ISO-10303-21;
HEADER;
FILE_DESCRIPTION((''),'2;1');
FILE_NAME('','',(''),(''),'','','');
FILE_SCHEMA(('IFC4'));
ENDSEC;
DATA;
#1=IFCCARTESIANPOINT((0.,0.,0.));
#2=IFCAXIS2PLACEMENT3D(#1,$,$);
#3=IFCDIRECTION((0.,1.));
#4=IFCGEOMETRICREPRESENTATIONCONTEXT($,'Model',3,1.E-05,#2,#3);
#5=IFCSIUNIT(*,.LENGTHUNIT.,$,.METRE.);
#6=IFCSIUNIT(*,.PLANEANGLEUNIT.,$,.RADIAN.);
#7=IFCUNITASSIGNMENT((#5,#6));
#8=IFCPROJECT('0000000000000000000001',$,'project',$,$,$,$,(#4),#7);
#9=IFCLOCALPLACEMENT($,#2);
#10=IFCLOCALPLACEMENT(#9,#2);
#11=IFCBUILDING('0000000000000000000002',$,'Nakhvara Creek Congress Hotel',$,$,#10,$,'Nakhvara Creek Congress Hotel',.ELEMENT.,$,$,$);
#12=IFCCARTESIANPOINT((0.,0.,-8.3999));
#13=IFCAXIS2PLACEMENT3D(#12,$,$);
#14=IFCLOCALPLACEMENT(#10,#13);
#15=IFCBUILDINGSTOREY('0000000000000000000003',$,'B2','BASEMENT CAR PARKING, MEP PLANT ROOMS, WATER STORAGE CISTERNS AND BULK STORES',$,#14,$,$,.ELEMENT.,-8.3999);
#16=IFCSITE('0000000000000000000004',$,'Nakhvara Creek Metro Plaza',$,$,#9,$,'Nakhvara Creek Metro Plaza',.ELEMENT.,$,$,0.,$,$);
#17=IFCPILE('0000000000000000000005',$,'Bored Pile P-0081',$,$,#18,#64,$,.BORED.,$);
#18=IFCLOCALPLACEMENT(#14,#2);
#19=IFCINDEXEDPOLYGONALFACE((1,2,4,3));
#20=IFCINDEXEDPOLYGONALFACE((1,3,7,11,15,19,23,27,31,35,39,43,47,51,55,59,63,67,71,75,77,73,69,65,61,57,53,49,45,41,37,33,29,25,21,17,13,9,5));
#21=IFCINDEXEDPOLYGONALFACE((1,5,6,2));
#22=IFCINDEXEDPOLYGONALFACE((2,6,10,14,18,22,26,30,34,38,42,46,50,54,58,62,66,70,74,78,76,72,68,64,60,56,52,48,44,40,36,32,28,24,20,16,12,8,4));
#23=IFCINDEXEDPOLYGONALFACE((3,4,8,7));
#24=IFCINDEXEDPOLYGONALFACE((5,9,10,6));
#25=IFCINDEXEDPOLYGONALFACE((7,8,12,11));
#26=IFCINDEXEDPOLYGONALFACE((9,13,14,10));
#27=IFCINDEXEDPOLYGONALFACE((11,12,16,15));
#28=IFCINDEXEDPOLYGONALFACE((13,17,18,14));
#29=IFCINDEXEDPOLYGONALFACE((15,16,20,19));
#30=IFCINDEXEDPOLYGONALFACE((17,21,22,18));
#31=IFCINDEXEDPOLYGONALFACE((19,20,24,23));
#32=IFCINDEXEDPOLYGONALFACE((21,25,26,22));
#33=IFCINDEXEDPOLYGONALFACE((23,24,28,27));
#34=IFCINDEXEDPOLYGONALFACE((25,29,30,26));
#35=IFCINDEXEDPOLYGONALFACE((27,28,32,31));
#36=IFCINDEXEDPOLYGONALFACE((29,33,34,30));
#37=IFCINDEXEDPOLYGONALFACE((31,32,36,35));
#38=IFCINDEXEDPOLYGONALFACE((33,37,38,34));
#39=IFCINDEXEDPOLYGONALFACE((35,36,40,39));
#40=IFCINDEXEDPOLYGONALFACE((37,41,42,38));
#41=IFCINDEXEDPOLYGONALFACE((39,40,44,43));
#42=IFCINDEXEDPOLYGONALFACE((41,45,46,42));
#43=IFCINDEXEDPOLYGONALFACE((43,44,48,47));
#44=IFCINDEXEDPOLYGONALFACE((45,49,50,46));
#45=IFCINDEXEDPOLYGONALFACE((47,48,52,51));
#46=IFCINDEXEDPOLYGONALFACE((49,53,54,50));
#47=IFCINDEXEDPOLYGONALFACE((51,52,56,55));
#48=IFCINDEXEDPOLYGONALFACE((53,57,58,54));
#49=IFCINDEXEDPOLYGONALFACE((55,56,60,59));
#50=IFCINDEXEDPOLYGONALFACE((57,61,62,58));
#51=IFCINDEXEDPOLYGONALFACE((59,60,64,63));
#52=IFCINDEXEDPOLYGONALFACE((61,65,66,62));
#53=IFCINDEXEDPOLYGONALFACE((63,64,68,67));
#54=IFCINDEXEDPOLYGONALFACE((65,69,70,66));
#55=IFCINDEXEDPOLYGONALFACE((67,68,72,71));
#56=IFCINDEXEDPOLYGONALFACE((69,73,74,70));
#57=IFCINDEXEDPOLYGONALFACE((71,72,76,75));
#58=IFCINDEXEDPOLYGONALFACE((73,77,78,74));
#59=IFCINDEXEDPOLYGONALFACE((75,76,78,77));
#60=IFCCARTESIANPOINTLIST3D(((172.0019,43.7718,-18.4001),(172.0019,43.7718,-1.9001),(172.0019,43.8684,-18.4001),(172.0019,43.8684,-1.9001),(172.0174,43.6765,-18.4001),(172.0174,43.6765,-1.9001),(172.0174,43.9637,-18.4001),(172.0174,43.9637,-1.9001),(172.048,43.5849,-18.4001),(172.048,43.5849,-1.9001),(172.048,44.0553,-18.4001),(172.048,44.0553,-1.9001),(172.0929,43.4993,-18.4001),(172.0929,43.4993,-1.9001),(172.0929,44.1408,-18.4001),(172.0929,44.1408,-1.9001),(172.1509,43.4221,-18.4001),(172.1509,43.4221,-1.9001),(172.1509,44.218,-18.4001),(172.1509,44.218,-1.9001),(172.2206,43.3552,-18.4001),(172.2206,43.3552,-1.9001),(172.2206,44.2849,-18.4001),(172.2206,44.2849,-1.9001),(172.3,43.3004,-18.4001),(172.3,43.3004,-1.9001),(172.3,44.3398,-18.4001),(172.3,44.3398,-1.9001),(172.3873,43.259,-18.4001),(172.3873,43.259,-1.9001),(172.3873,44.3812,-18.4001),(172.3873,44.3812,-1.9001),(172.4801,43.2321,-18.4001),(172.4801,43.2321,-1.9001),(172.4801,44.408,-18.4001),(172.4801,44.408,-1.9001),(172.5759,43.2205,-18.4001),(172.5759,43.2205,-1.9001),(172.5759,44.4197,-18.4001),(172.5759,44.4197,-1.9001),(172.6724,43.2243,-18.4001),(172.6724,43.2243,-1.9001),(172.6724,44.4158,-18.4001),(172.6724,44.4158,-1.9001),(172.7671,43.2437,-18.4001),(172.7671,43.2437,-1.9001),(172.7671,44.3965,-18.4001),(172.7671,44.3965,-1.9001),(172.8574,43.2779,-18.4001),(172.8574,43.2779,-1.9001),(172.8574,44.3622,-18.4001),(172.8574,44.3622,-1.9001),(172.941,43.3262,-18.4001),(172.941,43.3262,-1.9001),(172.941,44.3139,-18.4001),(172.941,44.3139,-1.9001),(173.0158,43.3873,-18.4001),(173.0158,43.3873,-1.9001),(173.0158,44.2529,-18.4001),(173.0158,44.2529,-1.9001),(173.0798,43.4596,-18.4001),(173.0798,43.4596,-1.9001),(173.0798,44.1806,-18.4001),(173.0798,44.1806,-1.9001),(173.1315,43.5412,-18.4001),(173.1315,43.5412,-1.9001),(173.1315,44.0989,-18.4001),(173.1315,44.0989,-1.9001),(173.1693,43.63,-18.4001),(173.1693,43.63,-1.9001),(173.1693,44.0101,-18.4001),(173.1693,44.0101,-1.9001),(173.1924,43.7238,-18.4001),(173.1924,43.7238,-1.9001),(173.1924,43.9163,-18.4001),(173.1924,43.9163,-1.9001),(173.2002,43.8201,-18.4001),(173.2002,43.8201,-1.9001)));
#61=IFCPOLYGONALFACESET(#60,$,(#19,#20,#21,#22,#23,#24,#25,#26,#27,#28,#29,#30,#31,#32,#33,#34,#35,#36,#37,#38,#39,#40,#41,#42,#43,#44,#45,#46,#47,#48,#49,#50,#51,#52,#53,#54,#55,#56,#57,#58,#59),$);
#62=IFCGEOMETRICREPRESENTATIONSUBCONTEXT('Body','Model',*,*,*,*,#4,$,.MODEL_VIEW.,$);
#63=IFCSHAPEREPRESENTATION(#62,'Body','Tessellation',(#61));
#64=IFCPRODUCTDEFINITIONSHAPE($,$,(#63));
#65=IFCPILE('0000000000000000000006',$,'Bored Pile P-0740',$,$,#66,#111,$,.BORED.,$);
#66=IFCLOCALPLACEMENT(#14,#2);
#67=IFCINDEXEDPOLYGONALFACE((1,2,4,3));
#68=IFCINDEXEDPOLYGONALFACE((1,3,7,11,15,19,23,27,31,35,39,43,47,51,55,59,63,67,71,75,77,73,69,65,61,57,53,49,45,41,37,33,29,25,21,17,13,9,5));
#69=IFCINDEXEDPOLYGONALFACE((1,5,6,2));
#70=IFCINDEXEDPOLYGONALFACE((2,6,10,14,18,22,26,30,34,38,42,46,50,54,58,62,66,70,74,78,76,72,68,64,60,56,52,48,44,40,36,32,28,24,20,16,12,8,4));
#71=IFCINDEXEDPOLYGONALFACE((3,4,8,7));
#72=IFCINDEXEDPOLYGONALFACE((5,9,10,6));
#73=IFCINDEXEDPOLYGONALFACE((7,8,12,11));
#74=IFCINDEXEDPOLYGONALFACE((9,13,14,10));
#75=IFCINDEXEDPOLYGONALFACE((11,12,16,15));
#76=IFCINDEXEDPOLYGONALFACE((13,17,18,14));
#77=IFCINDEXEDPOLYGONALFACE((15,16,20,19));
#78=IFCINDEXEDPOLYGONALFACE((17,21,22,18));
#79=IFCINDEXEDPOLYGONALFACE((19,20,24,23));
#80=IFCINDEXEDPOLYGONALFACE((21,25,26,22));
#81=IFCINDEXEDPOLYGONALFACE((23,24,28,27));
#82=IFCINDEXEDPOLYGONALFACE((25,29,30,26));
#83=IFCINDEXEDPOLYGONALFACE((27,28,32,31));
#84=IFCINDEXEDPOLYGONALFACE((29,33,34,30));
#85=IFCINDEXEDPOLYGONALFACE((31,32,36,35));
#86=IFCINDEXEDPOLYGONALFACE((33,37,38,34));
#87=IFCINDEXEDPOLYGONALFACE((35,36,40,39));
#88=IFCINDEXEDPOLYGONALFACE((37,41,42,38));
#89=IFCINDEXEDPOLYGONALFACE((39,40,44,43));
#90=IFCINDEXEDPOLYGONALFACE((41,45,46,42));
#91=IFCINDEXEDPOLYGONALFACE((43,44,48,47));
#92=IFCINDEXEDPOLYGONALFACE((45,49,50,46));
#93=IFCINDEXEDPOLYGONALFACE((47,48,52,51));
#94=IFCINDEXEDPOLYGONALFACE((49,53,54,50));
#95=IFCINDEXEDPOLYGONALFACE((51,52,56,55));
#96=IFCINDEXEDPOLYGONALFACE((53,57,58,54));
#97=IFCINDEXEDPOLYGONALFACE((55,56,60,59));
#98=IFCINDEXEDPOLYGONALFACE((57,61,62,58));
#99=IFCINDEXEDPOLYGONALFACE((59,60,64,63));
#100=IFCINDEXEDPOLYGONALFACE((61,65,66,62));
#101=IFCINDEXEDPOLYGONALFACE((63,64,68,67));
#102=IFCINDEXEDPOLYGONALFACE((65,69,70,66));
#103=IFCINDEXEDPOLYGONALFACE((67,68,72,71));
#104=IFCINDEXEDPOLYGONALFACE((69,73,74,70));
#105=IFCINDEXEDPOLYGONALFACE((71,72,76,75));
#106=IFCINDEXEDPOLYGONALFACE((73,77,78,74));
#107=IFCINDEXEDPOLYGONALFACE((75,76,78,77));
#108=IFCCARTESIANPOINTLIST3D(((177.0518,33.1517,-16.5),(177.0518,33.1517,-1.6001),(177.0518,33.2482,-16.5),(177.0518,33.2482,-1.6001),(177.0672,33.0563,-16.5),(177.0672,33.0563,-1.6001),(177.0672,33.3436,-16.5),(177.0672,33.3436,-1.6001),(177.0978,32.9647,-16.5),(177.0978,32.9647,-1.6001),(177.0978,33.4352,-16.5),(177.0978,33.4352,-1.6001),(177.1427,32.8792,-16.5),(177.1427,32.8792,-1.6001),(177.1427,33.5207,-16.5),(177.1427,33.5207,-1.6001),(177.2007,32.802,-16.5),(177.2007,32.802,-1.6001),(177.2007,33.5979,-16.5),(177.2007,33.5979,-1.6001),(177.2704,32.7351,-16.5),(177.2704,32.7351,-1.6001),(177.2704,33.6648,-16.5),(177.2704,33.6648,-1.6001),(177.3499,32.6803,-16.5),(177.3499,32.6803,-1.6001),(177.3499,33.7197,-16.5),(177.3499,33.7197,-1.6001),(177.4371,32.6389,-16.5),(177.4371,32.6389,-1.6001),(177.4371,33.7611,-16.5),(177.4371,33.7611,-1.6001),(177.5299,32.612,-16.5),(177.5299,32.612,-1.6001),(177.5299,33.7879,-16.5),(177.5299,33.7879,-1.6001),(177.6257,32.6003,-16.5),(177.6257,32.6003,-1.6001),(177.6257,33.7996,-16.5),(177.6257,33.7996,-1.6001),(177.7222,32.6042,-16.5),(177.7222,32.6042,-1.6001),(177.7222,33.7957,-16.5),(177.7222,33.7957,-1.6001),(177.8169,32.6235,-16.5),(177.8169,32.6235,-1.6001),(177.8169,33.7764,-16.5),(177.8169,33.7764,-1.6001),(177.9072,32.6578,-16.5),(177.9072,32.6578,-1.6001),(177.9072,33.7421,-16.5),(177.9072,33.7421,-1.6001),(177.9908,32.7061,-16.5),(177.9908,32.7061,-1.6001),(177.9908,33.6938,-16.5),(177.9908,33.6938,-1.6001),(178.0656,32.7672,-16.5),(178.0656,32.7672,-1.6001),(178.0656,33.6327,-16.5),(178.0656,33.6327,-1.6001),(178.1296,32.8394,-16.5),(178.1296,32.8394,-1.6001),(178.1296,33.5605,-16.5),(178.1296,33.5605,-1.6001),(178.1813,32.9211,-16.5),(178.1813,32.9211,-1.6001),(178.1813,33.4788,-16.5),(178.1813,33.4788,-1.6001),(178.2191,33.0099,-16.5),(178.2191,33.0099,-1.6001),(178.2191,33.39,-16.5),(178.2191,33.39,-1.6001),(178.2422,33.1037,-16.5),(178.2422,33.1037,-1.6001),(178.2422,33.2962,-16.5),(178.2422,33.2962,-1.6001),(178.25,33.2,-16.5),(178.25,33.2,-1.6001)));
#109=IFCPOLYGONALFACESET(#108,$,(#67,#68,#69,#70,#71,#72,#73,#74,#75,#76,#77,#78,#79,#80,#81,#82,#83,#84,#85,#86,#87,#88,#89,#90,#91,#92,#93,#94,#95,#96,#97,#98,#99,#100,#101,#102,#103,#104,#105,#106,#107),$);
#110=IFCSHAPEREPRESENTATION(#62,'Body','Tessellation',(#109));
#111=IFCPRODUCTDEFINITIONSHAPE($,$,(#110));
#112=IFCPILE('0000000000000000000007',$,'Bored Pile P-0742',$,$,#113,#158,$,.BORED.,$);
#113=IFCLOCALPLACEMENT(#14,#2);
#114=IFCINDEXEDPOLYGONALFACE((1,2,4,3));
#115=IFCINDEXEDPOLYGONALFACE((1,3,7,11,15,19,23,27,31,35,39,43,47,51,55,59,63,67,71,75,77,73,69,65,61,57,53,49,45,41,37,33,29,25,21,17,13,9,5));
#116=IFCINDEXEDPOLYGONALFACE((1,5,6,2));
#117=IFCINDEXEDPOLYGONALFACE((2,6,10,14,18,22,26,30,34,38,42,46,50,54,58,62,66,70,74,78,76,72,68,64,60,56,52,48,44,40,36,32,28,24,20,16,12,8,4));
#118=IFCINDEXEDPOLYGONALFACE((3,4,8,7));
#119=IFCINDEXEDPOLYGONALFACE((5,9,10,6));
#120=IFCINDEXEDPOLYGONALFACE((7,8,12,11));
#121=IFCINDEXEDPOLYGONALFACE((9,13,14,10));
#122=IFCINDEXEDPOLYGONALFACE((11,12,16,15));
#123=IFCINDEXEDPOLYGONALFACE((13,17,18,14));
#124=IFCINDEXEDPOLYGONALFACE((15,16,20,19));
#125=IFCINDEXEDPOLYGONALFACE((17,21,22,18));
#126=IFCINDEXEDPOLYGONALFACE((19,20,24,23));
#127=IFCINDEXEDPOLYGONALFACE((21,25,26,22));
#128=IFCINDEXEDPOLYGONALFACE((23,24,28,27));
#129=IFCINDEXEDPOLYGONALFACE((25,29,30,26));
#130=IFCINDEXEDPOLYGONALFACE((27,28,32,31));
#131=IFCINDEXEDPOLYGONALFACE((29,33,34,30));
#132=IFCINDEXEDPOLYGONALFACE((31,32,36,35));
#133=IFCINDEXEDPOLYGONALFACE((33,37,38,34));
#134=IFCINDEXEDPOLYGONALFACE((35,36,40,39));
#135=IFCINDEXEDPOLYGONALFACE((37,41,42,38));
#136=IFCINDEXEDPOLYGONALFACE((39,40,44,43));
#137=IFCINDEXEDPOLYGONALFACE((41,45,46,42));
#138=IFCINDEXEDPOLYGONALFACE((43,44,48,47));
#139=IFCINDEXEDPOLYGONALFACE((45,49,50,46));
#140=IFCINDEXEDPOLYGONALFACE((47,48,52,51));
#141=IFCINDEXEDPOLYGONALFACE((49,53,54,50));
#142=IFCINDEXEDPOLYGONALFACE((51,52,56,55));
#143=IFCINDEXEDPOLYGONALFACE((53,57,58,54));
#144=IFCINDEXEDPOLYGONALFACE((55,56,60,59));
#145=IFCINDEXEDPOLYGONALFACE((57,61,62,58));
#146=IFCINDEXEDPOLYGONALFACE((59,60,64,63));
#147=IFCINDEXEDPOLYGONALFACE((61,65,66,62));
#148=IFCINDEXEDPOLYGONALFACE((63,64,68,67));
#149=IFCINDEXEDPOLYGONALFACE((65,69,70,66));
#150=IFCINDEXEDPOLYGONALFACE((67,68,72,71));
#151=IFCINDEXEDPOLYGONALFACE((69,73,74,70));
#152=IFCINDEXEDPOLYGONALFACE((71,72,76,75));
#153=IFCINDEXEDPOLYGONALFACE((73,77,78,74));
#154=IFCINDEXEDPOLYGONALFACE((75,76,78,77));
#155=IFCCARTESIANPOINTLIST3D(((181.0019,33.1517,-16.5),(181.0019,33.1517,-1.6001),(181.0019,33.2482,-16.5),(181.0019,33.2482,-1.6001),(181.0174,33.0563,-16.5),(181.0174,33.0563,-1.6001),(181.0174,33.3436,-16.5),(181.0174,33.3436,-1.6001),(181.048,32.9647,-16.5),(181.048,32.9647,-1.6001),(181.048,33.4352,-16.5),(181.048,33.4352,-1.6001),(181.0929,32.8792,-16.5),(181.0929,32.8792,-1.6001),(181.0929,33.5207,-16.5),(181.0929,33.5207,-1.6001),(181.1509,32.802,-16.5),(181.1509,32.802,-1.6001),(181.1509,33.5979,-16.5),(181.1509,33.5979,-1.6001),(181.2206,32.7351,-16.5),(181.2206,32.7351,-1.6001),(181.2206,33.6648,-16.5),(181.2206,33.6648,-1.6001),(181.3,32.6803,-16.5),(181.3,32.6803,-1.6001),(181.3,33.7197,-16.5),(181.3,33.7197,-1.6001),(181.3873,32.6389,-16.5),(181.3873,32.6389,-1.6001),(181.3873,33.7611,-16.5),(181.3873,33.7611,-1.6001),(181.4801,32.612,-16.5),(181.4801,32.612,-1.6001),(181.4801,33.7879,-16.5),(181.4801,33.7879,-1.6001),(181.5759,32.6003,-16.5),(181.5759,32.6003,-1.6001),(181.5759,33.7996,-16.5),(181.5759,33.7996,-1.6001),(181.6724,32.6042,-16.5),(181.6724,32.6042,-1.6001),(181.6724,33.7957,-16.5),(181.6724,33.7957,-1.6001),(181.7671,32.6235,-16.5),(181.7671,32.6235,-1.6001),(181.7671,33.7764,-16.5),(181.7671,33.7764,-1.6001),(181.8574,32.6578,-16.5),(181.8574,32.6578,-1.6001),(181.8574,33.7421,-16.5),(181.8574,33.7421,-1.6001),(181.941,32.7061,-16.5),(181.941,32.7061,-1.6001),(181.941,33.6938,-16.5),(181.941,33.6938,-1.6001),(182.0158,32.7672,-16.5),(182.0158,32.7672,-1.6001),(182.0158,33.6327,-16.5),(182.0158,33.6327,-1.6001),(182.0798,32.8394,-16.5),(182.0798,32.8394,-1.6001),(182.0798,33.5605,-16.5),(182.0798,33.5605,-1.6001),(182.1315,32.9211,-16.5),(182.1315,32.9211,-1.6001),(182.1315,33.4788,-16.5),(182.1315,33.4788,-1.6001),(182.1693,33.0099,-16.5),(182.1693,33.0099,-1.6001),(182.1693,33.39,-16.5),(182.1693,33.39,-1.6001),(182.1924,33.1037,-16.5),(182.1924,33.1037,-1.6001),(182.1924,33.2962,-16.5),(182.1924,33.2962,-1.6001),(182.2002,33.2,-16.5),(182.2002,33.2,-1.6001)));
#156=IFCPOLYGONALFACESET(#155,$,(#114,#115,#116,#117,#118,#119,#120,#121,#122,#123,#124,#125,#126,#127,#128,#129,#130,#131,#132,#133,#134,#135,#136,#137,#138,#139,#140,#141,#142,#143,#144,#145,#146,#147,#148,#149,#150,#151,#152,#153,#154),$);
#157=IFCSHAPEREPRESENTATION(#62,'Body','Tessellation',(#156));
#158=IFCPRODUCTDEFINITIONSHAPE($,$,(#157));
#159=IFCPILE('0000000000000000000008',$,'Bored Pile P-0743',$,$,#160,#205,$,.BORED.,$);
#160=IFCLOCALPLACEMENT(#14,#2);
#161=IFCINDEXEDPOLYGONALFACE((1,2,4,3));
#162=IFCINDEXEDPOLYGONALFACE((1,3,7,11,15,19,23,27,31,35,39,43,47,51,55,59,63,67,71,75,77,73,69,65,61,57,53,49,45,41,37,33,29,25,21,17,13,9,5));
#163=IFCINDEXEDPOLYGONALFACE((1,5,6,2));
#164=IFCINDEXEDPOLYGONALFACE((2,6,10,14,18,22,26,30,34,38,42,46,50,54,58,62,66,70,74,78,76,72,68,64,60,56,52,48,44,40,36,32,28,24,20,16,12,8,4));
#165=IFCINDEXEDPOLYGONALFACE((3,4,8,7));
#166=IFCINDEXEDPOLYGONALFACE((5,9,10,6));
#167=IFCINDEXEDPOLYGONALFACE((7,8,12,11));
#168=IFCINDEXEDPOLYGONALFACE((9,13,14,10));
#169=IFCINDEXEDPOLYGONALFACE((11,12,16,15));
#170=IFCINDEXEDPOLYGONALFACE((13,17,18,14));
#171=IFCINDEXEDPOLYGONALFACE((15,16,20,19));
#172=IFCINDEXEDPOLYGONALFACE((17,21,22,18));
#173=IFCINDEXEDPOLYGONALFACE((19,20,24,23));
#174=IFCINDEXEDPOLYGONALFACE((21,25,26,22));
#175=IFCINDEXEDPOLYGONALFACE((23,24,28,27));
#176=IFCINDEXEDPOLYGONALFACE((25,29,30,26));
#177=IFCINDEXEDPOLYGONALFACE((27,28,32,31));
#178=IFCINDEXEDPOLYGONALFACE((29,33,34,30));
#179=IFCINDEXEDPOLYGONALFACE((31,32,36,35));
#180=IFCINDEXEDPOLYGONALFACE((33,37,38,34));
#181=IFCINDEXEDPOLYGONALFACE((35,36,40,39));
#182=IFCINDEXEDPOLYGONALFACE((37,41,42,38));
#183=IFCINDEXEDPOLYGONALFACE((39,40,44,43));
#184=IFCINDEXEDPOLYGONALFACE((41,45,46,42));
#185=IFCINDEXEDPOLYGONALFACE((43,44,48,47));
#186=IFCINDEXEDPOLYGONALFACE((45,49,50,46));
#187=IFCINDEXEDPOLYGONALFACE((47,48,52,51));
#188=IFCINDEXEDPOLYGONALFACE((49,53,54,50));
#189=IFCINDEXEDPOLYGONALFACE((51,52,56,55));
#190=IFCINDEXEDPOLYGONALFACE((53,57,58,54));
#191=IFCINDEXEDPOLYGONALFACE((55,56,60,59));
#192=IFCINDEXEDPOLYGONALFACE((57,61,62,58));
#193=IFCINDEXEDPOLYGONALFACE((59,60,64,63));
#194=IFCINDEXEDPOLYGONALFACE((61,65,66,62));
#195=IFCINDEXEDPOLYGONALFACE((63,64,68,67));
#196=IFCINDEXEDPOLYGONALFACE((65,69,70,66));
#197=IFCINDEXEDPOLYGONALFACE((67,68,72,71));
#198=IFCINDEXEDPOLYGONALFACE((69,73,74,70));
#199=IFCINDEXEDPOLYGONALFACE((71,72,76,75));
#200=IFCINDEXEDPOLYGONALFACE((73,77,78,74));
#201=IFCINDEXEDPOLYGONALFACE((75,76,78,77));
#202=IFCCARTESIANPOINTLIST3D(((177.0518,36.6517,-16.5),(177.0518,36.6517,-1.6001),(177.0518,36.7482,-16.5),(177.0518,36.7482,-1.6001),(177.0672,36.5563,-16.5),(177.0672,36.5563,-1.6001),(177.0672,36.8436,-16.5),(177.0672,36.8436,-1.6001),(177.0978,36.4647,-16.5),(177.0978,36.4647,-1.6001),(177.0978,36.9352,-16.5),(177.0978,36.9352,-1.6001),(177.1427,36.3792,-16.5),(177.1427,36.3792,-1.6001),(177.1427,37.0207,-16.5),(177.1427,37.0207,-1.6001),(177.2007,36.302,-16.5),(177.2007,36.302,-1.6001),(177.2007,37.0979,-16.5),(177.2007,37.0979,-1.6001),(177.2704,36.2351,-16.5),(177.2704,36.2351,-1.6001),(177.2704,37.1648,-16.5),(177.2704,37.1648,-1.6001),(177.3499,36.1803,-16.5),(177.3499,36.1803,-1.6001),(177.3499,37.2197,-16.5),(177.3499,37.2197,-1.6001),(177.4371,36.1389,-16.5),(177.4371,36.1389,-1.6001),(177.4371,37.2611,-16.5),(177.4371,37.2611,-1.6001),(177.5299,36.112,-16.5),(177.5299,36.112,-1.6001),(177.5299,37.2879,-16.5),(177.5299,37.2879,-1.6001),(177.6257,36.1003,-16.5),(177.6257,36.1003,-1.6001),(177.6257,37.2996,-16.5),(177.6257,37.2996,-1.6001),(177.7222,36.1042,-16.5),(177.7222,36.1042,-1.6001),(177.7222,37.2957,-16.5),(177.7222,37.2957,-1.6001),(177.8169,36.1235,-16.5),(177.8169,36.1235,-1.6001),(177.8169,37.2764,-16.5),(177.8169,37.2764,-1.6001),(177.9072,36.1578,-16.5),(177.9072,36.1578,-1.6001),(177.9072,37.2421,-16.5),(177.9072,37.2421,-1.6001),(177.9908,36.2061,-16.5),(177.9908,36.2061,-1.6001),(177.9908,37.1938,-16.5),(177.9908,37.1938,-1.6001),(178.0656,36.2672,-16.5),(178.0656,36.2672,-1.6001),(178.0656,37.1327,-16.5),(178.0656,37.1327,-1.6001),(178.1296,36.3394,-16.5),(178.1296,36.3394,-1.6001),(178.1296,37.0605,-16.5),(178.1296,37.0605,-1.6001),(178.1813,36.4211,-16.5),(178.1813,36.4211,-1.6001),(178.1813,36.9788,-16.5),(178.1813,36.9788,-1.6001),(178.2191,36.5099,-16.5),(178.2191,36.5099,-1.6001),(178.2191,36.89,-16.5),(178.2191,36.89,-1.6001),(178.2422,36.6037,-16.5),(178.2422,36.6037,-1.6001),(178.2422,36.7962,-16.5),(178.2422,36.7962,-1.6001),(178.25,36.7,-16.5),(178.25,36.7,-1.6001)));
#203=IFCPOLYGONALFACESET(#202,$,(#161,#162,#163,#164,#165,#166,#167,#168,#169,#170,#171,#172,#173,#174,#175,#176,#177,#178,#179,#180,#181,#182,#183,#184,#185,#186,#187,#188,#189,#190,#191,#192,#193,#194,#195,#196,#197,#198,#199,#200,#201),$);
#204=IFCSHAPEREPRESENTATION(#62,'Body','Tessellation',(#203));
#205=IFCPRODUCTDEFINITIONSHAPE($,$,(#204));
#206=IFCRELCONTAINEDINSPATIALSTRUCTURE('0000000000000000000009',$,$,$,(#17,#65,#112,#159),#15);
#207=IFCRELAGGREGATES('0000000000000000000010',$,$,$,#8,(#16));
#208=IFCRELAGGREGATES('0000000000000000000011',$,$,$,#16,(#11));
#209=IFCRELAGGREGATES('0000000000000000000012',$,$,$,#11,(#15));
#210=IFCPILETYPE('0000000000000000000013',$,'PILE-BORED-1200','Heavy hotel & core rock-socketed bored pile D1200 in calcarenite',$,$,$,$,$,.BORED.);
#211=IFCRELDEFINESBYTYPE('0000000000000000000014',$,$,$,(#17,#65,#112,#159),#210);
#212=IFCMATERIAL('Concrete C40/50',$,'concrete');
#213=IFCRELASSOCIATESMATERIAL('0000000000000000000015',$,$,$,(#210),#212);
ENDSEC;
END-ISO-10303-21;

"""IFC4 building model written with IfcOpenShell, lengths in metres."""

from ifc_helpers import new_model, si_unit, direction, frame, origin, origin_2d, place, context, subcontext, project, spatial, circle, extrude, material, material_profile, profile_set, type_object, element, save


model = new_model("IFC4")

# Units and contexts
model_context = context("Model", 3, precision=1e-05, world=origin(), true_north=direction((0.0, 1.0)))
body_context = subcontext(model_context, "Body", "Model", "MODEL_VIEW")
ifc_project = project(units=[si_unit("LENGTHUNIT", "METRE"), si_unit("PLANEANGLEUNIT", "RADIAN")], contexts=[model_context])

# Site, building, storey
site_placement = place(None, origin())
site = spatial("IfcSite", under=ifc_project, at=site_placement, Name="Nakhvara Creek Metro Plaza", LongName="Nakhvara Creek Metro Plaza", CompositionType="ELEMENT", RefElevation=0.0)
building_placement = place(site_placement, origin())
building = spatial("IfcBuilding", under=site, at=building_placement, Name="Nakhvara Creek Congress Hotel", LongName="Nakhvara Creek Congress Hotel", CompositionType="ELEMENT")
storey_placement = place(building_placement, frame((0.0, 0.0, -8.3999)))
storey = spatial("IfcBuildingStorey", under=building, at=storey_placement, Name="B2", Description="BASEMENT CAR PARKING, MEP PLANT ROOMS, WATER STORAGE CISTERNS AND BULK STORES", CompositionType="ELEMENT", Elevation=-8.3999)

# Shared definitions
ifc_material_1 = material(Name="Concrete C40/50", Category="concrete")

# Piles
ifc_material_profile_1 = material_profile(ifc_material_1, circle(Radius=0.6001, at=origin_2d()), Name="BORED PILE D1200", Category="LoadBearing")
ifc_profile_set_1 = profile_set([ifc_material_profile_1], Name="Concrete C40/50")
pile_type = type_object("IfcPileType", Name="PILE-BORED-1200", Description="Heavy hotel & core rock-socketed bored pile D1200 in calcarenite", PredefinedType="BORED", material=ifc_profile_set_1)
for number, where, z_axis, x_axis, name in (
    (1, (172.6001, 43.8201, -1.9001), (0.0, 0.0, -1.0), (1.0, 0.0, 0.0), "Bored Pile P-0081"),
):
    element("IfcPile", number, at=place(storey_placement, frame(where, z_axis=z_axis, x_axis=x_axis)), inside=storey, type_object=pile_type, Name=name, PredefinedType="BORED", context=body_context, shape_type="SweptSolid", body=[
        extrude(circle(Radius=0.6001, at=origin_2d()), origin(), (0.0, 0.0, 1.0), 16.5),
    ])
for number, where, z_axis, x_axis, name in (
    (2, (177.6499, 33.2, -1.6001), (0.0, 0.0, -1.0), (1.0, 0.0, 0.0), "Bored Pile P-0740"),
    (3, (181.6001, 33.2, -1.6001), (0.0, 0.0, -1.0), (1.0, 0.0, 0.0), "Bored Pile P-0742"),
    (4, (177.6499, 36.7, -1.6001), (0.0, 0.0, -1.0), (1.0, 0.0, 0.0), "Bored Pile P-0743"),
):
    element("IfcPile", number, at=place(storey_placement, frame(where, z_axis=z_axis, x_axis=x_axis)), inside=storey, type_object=pile_type, Name=name, PredefinedType="BORED", context=body_context, shape_type="SweptSolid", body=[
        extrude(circle(Radius=0.6001, at=origin_2d()), origin(), (0.0, 0.0, 1.0), 14.8999),
    ])

save(model, "model.ifc")
